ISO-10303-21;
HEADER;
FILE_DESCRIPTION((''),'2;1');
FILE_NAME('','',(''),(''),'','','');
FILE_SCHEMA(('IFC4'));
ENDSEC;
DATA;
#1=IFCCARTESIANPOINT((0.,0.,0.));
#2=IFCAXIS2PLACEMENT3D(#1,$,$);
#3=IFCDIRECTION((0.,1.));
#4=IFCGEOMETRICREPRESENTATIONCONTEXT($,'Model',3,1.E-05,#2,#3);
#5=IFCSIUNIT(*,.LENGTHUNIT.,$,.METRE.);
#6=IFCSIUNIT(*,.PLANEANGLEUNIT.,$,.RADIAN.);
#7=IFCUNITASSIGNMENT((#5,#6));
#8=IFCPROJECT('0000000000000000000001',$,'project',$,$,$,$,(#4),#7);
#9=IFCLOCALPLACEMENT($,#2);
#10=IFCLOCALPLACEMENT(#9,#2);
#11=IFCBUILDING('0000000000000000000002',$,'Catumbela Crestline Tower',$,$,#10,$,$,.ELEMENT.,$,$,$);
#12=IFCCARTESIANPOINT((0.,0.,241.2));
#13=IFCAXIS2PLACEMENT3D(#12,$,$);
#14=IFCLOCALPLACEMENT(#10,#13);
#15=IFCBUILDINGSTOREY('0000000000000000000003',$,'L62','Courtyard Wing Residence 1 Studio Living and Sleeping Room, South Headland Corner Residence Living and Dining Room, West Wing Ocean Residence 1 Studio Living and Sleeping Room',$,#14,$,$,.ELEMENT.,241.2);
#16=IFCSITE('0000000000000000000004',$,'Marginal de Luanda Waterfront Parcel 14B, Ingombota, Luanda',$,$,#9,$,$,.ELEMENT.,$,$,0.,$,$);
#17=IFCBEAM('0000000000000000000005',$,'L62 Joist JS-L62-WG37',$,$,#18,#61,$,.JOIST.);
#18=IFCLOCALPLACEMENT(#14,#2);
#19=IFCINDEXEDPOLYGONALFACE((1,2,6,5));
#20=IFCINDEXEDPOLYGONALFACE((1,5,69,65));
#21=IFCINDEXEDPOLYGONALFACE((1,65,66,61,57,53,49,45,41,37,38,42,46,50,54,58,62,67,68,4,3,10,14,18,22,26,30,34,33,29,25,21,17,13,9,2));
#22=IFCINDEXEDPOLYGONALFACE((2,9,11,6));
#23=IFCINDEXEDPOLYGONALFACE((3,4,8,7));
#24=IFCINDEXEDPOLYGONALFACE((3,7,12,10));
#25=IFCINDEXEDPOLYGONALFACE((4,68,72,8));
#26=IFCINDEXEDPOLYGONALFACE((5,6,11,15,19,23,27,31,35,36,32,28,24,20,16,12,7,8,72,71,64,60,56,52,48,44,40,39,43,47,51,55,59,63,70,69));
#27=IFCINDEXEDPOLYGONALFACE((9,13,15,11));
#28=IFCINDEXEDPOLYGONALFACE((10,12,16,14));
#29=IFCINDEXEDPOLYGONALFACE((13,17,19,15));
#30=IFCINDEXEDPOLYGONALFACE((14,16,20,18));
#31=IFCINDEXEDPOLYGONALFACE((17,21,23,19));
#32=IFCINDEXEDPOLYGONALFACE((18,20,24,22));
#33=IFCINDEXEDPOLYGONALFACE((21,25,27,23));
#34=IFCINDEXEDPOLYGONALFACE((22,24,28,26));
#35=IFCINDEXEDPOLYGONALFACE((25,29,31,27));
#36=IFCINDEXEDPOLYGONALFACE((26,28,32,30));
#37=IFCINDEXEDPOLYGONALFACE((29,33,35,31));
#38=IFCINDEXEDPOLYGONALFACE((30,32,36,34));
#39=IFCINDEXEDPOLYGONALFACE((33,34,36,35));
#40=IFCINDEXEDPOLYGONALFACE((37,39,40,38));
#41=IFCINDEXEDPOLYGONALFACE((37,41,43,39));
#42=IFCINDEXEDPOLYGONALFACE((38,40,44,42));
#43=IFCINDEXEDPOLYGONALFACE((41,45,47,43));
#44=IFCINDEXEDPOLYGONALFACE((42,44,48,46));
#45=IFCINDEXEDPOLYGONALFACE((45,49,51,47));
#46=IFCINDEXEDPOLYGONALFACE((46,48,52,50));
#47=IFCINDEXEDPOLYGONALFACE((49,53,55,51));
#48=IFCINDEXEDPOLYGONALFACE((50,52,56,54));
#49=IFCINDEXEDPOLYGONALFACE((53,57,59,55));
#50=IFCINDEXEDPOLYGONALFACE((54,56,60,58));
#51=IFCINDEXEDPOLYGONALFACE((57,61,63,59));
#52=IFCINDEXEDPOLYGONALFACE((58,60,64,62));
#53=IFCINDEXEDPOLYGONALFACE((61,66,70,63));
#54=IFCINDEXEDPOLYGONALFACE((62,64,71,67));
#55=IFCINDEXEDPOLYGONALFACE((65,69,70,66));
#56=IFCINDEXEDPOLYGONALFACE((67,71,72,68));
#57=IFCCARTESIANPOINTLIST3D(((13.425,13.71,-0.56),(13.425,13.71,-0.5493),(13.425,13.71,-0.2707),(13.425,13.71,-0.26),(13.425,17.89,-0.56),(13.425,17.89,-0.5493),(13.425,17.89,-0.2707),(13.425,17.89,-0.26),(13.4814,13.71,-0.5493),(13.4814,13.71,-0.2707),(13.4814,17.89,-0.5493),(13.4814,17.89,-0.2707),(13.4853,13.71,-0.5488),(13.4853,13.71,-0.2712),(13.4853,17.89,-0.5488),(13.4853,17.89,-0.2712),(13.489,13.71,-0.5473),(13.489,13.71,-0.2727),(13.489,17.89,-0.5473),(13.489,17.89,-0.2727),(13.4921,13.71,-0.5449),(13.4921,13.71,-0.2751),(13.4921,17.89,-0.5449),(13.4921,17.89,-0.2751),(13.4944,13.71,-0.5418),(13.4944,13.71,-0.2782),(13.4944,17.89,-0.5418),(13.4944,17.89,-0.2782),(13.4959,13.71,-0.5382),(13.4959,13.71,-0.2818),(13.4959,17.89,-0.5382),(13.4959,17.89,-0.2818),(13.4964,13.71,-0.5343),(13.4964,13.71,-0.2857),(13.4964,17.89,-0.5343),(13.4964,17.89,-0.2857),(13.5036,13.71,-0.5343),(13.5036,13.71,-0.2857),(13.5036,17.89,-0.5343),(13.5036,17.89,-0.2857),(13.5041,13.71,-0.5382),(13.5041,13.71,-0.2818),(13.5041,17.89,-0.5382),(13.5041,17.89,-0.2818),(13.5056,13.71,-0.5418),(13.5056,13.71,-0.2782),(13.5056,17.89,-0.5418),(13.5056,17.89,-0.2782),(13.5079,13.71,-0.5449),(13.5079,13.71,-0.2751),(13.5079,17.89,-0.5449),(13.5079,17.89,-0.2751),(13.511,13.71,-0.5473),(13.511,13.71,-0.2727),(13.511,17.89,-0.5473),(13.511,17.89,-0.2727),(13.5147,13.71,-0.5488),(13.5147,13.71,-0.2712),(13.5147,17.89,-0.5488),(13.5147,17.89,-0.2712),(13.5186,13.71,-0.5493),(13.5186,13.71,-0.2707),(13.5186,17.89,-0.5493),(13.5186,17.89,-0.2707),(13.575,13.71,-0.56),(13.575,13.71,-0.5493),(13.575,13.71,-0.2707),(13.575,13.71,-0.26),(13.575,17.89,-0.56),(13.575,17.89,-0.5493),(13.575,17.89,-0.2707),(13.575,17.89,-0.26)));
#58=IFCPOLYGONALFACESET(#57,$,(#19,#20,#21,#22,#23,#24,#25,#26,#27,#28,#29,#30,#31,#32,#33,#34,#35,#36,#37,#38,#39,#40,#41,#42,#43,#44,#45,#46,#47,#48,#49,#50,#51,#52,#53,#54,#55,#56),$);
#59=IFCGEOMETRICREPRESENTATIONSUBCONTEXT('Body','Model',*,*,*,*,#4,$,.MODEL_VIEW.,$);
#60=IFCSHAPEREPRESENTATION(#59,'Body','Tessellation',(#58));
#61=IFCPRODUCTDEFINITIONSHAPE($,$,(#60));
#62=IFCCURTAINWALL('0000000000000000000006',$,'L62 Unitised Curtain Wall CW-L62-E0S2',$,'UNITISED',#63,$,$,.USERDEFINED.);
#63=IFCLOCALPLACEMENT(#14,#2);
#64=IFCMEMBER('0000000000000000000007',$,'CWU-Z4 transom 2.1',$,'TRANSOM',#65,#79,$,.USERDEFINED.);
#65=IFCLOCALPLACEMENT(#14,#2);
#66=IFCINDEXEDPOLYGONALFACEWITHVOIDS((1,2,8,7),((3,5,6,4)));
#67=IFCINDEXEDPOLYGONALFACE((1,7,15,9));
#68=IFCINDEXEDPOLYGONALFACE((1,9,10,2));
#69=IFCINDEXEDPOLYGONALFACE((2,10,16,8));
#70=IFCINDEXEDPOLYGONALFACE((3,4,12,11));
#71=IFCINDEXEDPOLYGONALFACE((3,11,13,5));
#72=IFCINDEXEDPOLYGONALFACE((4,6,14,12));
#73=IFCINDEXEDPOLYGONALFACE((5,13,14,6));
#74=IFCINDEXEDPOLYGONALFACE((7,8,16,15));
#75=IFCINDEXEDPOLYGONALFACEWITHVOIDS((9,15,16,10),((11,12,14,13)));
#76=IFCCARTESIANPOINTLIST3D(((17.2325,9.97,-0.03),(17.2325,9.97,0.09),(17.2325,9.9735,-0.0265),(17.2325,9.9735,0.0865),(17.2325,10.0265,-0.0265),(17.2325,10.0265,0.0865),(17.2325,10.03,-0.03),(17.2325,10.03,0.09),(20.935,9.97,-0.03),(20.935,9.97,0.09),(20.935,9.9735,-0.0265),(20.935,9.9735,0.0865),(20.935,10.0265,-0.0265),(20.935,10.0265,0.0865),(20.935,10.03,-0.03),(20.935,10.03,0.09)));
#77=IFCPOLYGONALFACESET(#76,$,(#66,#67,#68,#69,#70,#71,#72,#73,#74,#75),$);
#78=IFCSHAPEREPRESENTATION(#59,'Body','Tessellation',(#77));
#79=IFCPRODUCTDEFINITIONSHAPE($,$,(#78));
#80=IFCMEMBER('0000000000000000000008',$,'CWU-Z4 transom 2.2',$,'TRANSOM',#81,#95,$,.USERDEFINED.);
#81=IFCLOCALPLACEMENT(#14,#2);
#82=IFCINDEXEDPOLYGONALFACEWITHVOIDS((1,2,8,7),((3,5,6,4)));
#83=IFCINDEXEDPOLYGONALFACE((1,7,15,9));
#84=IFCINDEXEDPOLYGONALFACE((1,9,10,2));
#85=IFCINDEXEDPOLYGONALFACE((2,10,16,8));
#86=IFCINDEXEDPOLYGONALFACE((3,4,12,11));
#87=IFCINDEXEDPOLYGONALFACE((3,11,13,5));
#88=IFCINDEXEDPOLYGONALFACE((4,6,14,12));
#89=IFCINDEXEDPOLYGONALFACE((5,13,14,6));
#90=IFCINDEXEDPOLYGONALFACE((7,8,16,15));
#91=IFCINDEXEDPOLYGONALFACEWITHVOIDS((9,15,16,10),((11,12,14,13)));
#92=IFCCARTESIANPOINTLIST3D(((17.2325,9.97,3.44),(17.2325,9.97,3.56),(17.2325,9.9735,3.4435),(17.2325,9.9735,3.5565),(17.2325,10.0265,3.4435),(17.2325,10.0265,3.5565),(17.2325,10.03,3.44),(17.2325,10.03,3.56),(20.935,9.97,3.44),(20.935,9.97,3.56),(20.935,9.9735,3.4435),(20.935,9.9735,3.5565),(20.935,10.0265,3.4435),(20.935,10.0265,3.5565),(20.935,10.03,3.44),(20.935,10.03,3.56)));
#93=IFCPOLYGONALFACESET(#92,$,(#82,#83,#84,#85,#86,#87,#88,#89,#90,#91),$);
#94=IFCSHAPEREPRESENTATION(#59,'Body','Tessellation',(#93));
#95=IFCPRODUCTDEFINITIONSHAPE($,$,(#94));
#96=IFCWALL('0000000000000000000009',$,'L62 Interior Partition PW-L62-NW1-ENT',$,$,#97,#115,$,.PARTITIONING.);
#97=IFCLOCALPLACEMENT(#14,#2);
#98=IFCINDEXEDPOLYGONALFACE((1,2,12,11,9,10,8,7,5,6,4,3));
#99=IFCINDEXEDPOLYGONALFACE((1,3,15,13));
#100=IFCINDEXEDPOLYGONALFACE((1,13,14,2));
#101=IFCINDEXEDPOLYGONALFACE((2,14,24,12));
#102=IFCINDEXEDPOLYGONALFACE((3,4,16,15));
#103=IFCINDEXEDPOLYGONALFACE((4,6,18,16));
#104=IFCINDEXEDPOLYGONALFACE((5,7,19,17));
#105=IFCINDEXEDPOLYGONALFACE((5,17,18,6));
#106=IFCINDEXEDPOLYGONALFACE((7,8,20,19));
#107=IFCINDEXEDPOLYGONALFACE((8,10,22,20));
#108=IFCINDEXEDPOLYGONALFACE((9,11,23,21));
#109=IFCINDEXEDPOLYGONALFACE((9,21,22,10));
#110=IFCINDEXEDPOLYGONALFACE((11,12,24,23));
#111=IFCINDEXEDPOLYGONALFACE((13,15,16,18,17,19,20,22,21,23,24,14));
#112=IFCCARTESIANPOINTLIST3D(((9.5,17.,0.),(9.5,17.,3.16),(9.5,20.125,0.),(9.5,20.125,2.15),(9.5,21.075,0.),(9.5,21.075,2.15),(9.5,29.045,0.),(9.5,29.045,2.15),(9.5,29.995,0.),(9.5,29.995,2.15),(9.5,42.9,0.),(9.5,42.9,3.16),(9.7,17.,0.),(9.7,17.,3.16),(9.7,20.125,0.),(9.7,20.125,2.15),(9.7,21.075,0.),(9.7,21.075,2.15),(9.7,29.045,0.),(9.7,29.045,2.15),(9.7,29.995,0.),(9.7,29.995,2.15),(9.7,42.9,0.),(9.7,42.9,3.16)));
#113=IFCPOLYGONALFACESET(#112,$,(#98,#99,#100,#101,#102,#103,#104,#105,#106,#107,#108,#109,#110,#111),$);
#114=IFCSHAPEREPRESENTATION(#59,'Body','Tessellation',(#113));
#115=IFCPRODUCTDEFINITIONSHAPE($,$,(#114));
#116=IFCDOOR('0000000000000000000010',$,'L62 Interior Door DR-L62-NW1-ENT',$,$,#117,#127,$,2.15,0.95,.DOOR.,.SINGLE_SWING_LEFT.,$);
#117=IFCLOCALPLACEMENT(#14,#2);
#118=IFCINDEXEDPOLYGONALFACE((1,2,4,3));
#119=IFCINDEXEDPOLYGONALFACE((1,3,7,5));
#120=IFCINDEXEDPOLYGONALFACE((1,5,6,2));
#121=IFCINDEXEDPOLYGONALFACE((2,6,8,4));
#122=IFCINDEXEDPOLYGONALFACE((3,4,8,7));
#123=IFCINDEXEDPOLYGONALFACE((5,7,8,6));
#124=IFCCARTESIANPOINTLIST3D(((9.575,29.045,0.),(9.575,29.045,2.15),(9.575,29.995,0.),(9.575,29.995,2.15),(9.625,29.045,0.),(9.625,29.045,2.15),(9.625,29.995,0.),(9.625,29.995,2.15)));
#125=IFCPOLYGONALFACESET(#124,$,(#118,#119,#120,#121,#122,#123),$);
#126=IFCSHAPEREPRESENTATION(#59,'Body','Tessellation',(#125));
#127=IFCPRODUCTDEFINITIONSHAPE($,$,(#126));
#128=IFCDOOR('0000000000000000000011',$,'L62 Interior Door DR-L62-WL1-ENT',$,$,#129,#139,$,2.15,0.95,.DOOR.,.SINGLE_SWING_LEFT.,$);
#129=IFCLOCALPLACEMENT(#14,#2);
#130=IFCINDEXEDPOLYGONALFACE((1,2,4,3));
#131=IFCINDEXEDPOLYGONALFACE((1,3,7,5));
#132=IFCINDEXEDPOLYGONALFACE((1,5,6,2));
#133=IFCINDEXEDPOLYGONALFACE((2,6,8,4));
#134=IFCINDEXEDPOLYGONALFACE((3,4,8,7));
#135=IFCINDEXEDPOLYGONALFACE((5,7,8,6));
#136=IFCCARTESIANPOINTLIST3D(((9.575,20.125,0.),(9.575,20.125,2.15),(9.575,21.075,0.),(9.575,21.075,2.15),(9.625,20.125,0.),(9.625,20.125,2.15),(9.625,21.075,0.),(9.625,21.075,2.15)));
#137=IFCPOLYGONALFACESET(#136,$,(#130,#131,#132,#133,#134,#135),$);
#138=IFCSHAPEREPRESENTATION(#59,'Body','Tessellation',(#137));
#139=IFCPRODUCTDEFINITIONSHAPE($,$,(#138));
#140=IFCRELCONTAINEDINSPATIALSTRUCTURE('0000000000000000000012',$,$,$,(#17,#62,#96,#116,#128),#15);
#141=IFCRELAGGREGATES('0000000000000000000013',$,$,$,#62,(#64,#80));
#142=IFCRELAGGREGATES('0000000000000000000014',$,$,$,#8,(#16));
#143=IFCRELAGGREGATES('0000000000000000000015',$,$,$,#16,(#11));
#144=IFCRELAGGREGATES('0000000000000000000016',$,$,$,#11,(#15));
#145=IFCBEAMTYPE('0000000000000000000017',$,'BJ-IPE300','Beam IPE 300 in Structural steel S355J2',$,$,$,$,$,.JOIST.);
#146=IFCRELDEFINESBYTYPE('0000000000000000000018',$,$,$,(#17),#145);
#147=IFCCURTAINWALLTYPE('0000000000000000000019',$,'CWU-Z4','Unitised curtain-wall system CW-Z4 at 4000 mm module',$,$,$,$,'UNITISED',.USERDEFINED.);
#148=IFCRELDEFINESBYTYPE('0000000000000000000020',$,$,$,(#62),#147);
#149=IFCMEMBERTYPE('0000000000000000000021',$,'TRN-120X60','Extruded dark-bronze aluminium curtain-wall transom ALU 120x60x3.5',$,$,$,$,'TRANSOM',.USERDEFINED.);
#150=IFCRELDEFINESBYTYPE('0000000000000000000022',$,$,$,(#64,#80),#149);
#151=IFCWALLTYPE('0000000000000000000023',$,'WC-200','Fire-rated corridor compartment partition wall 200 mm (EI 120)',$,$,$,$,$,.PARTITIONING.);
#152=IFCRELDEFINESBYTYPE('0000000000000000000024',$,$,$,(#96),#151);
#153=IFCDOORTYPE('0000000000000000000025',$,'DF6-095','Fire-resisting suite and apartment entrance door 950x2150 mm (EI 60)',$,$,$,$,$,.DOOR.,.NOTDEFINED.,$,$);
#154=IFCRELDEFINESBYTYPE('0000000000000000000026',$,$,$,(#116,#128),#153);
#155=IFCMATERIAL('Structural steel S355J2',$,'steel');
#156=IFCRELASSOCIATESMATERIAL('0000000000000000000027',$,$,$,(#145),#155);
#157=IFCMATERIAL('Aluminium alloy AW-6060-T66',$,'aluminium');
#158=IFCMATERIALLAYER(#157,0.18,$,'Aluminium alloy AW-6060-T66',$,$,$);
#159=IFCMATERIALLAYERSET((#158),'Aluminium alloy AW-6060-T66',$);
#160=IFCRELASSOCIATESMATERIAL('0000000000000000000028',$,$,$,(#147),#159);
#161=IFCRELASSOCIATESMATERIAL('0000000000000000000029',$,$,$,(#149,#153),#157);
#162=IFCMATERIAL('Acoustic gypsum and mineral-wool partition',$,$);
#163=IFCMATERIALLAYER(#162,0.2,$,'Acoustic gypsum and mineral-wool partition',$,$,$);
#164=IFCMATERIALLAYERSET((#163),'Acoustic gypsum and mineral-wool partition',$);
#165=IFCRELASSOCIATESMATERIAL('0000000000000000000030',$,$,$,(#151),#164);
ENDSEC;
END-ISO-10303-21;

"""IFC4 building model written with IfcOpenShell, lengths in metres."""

from ifc_helpers import new_model, si_unit, direction, frame, frame_2d, origin, origin_2d, place, context, subcontext, project, spatial, rectangle, hollow_rectangle, i_section, extrude, material, layer, layer_set, material_profile, profile_set, type_object, element, fill, aggregate, save


model = new_model("IFC4")

# Units and contexts
model_context = context("Model", 3, precision=1e-05, world=origin(), true_north=direction((0.0, 1.0)))
body_context = subcontext(model_context, "Body", "Model", "MODEL_VIEW")
ifc_project = project(units=[si_unit("LENGTHUNIT", "METRE"), si_unit("PLANEANGLEUNIT", "RADIAN")], contexts=[model_context])

# Site, building, storey
site_placement = place(None, origin())
site = spatial("IfcSite", under=ifc_project, at=site_placement, Name="Marginal de Luanda Waterfront Parcel 14B, Ingombota, Luanda", CompositionType="ELEMENT", RefElevation=0.0)
building_placement = place(site_placement, origin())
building = spatial("IfcBuilding", under=site, at=building_placement, Name="Catumbela Crestline Tower", CompositionType="ELEMENT")
storey_placement = place(building_placement, frame((0.0, 0.0, 241.2)))
storey = spatial("IfcBuildingStorey", under=building, at=storey_placement, Name="L62", Description="Courtyard Wing Residence 1 Studio Living and Sleeping Room, South Headland Corner Residence Living and Dining Room, West Wing Ocean Residence 1 Studio Living and Sleeping Room", CompositionType="ELEMENT", Elevation=241.2)

# Shared definitions
ifc_material_1 = material(Name="Structural steel S355J2", Category="steel")

# Beam
ifc_material_profile_1 = material_profile(ifc_material_1, i_section(OverallWidth=0.15, OverallDepth=0.3, WebThickness=0.0071, FlangeThickness=0.0107, FilletRadius=0.015, at=origin_2d()), Name="IPE 300")
ifc_profile_set_1 = profile_set([ifc_material_profile_1], Name="Structural steel S355J2")
beam_type_1 = type_object("IfcBeamType", Name="BJ-IPE300", Description="Beam IPE 300 in Structural steel S355J2", PredefinedType="JOIST", material=ifc_profile_set_1)
for number, where, z_axis, x_axis, name in (
    (1, (13.5, 13.71, -0.41), (0.0, 1.0, 0.0), (-1.0, 0.0, 0.0), "L62 Joist JS-L62-WG37"),
):
    element("IfcBeam", number, at=place(storey_placement, frame(where, z_axis=z_axis, x_axis=x_axis)), inside=storey, type_object=beam_type_1, Name=name, PredefinedType="JOIST", context=body_context, shape_type="SweptSolid", body=[
        extrude(i_section(OverallWidth=0.15, OverallDepth=0.3, WebThickness=0.0071, FlangeThickness=0.0107, FilletRadius=0.015, at=origin_2d()), origin(), (0.0, 0.0, 1.0), 4.18),
    ])

# Curtain wall, members
ifc_material_2 = material(Name="Aluminium alloy AW-6060-T66", Category="aluminium")
ifc_layer_1 = layer(ifc_material_2, 0.18, Name="Aluminium alloy AW-6060-T66")
ifc_layer_set_1 = layer_set([ifc_layer_1], Name="Aluminium alloy AW-6060-T66")
curtain_wall_type = type_object("IfcCurtainWallType", Name="CWU-Z4", Description="Unitised curtain-wall system CW-Z4 at 4000 mm module", ElementType="UNITISED", PredefinedType="USERDEFINED", material=ifc_layer_set_1)
curtain_wall_placement = place(storey_placement, origin())
curtain_wall = element("IfcCurtainWall", 2, at=curtain_wall_placement, inside=storey, type_object=curtain_wall_type, Name="L62 Unitised Curtain Wall CW-L62-E0S2", ObjectType="UNITISED", PredefinedType="USERDEFINED")
ifc_material_profile_2 = material_profile(ifc_material_2, hollow_rectangle(XDim=0.06, YDim=0.12, WallThickness=0.0035, at=origin_2d()), Name="ALU 120x60x3.5")
ifc_profile_set_2 = profile_set([ifc_material_profile_2], Name="Aluminium alloy AW-6060-T66")
member_type = type_object("IfcMemberType", Name="TRN-120X60", Description="Extruded dark-bronze aluminium curtain-wall transom ALU 120x60x3.5", ElementType="TRANSOM", PredefinedType="USERDEFINED", material=ifc_profile_set_2)
member_1_placement = place(storey_placement, frame((17.2325, 10.0, 0.03), z_axis=(1.0, 0.0, 0.0), x_axis=(0.0, 1.0, 0.0)))
member_1 = element("IfcMember", 3, at=member_1_placement, type_object=member_type, Name="CWU-Z4 transom 2.1", ObjectType="TRANSOM", PredefinedType="USERDEFINED", context=body_context, shape_type="SweptSolid", body=[
    extrude(hollow_rectangle(XDim=0.06, YDim=0.12, WallThickness=0.0035, at=origin_2d()), origin(), (0.0, 0.0, 1.0), 3.7025),
])
member_2_placement = place(storey_placement, frame((17.2325, 10.0, 3.5), z_axis=(1.0, 0.0, 0.0), x_axis=(0.0, 1.0, 0.0)))
member_2 = element("IfcMember", 4, at=member_2_placement, type_object=member_type, Name="CWU-Z4 transom 2.2", ObjectType="TRANSOM", PredefinedType="USERDEFINED", context=body_context, shape_type="SweptSolid", body=[
    extrude(hollow_rectangle(XDim=0.06, YDim=0.12, WallThickness=0.0035, at=origin_2d()), origin(), (0.0, 0.0, 1.0), 3.7025),
])
aggregate(curtain_wall, [member_1, member_2])

# Wall, openings, doors
ifc_material_3 = material(Name="Acoustic gypsum and mineral-wool partition")
ifc_layer_2 = layer(ifc_material_3, 0.2, Name="Acoustic gypsum and mineral-wool partition")
ifc_layer_set_2 = layer_set([ifc_layer_2], Name="Acoustic gypsum and mineral-wool partition")
wall_type_1 = type_object("IfcWallType", Name="WC-200", Description="Fire-rated corridor compartment partition wall 200 mm (EI 120)", PredefinedType="PARTITIONING", material=ifc_layer_set_2)
wall_1_placement = place(storey_placement, frame((9.6, 17.0, 0.0), z_axis=(0.0, 0.0, 1.0), x_axis=(0.0, 1.0, 0.0)))
wall_1 = element("IfcWall", 5, at=wall_1_placement, inside=storey, type_object=wall_type_1, Name="L62 Interior Partition PW-L62-NW1-ENT", PredefinedType="PARTITIONING", context=body_context, shape_type="SweptSolid", body=[
    extrude(rectangle(XDim=25.9, YDim=0.2, at=frame_2d((12.95, 0.0))), origin(), (0.0, 0.0, 1.0), 3.16),
])
opening_1_placement = place(wall_1_placement, frame((12.045, 0.0, 0.0)))
opening_1 = element("IfcOpeningElement", 6, at=opening_1_placement, cuts=wall_1, PredefinedType="OPENING", context=body_context, shape_type="SweptSolid", body=[
    extrude(rectangle(XDim=0.95, YDim=2.15, at=frame_2d((0.475, 1.075))), frame((0.0, 0.11, 0.0), z_axis=(0.0, -1.0, 0.0), x_axis=(1.0, 0.0, 0.0)), (0.0, 0.0, 1.0), 0.22),
])
opening_2_placement = place(wall_1_placement, frame((3.125, 0.0, 0.0)))
opening_2 = element("IfcOpeningElement", 7, at=opening_2_placement, cuts=wall_1, PredefinedType="OPENING", context=body_context, shape_type="SweptSolid", body=[
    extrude(rectangle(XDim=0.95, YDim=2.15, at=frame_2d((0.475, 1.075))), frame((0.0, 0.11, 0.0), z_axis=(0.0, -1.0, 0.0), x_axis=(1.0, 0.0, 0.0)), (0.0, 0.0, 1.0), 0.22),
])
door_type_1 = type_object("IfcDoorType", Name="DF6-095", Description="Fire-resisting suite and apartment entrance door 950x2150 mm (EI 60)", OperationType="NOTDEFINED", PredefinedType="DOOR", material=ifc_material_2)
door_1_placement = place(opening_1_placement, origin())
door_1 = element("IfcDoor", 8, at=door_1_placement, inside=storey, type_object=door_type_1, Name="L62 Interior Door DR-L62-NW1-ENT", OperationType="SINGLE_SWING_LEFT", OverallHeight=2.15, OverallWidth=0.95, PredefinedType="DOOR", context=body_context, shape_type="SweptSolid", body=[
    extrude(rectangle(XDim=0.95, YDim=2.15, at=frame_2d((0.475, 1.075))), frame((0.0, 0.025, 0.0), z_axis=(0.0, -1.0, 0.0), x_axis=(1.0, 0.0, 0.0)), (0.0, 0.0, 1.0), 0.05),
])
fill(opening_1, door_1)
door_2_placement = place(opening_2_placement, origin())
door_2 = element("IfcDoor", 9, at=door_2_placement, inside=storey, type_object=door_type_1, Name="L62 Interior Door DR-L62-WL1-ENT", OperationType="SINGLE_SWING_LEFT", OverallHeight=2.15, OverallWidth=0.95, PredefinedType="DOOR", context=body_context, shape_type="SweptSolid", body=[
    extrude(rectangle(XDim=0.95, YDim=2.15, at=frame_2d((0.475, 1.075))), frame((0.0, 0.025, 0.0), z_axis=(0.0, -1.0, 0.0), x_axis=(1.0, 0.0, 0.0)), (0.0, 0.0, 1.0), 0.05),
])
fill(opening_2, door_2)

save(model, "model.ifc")
